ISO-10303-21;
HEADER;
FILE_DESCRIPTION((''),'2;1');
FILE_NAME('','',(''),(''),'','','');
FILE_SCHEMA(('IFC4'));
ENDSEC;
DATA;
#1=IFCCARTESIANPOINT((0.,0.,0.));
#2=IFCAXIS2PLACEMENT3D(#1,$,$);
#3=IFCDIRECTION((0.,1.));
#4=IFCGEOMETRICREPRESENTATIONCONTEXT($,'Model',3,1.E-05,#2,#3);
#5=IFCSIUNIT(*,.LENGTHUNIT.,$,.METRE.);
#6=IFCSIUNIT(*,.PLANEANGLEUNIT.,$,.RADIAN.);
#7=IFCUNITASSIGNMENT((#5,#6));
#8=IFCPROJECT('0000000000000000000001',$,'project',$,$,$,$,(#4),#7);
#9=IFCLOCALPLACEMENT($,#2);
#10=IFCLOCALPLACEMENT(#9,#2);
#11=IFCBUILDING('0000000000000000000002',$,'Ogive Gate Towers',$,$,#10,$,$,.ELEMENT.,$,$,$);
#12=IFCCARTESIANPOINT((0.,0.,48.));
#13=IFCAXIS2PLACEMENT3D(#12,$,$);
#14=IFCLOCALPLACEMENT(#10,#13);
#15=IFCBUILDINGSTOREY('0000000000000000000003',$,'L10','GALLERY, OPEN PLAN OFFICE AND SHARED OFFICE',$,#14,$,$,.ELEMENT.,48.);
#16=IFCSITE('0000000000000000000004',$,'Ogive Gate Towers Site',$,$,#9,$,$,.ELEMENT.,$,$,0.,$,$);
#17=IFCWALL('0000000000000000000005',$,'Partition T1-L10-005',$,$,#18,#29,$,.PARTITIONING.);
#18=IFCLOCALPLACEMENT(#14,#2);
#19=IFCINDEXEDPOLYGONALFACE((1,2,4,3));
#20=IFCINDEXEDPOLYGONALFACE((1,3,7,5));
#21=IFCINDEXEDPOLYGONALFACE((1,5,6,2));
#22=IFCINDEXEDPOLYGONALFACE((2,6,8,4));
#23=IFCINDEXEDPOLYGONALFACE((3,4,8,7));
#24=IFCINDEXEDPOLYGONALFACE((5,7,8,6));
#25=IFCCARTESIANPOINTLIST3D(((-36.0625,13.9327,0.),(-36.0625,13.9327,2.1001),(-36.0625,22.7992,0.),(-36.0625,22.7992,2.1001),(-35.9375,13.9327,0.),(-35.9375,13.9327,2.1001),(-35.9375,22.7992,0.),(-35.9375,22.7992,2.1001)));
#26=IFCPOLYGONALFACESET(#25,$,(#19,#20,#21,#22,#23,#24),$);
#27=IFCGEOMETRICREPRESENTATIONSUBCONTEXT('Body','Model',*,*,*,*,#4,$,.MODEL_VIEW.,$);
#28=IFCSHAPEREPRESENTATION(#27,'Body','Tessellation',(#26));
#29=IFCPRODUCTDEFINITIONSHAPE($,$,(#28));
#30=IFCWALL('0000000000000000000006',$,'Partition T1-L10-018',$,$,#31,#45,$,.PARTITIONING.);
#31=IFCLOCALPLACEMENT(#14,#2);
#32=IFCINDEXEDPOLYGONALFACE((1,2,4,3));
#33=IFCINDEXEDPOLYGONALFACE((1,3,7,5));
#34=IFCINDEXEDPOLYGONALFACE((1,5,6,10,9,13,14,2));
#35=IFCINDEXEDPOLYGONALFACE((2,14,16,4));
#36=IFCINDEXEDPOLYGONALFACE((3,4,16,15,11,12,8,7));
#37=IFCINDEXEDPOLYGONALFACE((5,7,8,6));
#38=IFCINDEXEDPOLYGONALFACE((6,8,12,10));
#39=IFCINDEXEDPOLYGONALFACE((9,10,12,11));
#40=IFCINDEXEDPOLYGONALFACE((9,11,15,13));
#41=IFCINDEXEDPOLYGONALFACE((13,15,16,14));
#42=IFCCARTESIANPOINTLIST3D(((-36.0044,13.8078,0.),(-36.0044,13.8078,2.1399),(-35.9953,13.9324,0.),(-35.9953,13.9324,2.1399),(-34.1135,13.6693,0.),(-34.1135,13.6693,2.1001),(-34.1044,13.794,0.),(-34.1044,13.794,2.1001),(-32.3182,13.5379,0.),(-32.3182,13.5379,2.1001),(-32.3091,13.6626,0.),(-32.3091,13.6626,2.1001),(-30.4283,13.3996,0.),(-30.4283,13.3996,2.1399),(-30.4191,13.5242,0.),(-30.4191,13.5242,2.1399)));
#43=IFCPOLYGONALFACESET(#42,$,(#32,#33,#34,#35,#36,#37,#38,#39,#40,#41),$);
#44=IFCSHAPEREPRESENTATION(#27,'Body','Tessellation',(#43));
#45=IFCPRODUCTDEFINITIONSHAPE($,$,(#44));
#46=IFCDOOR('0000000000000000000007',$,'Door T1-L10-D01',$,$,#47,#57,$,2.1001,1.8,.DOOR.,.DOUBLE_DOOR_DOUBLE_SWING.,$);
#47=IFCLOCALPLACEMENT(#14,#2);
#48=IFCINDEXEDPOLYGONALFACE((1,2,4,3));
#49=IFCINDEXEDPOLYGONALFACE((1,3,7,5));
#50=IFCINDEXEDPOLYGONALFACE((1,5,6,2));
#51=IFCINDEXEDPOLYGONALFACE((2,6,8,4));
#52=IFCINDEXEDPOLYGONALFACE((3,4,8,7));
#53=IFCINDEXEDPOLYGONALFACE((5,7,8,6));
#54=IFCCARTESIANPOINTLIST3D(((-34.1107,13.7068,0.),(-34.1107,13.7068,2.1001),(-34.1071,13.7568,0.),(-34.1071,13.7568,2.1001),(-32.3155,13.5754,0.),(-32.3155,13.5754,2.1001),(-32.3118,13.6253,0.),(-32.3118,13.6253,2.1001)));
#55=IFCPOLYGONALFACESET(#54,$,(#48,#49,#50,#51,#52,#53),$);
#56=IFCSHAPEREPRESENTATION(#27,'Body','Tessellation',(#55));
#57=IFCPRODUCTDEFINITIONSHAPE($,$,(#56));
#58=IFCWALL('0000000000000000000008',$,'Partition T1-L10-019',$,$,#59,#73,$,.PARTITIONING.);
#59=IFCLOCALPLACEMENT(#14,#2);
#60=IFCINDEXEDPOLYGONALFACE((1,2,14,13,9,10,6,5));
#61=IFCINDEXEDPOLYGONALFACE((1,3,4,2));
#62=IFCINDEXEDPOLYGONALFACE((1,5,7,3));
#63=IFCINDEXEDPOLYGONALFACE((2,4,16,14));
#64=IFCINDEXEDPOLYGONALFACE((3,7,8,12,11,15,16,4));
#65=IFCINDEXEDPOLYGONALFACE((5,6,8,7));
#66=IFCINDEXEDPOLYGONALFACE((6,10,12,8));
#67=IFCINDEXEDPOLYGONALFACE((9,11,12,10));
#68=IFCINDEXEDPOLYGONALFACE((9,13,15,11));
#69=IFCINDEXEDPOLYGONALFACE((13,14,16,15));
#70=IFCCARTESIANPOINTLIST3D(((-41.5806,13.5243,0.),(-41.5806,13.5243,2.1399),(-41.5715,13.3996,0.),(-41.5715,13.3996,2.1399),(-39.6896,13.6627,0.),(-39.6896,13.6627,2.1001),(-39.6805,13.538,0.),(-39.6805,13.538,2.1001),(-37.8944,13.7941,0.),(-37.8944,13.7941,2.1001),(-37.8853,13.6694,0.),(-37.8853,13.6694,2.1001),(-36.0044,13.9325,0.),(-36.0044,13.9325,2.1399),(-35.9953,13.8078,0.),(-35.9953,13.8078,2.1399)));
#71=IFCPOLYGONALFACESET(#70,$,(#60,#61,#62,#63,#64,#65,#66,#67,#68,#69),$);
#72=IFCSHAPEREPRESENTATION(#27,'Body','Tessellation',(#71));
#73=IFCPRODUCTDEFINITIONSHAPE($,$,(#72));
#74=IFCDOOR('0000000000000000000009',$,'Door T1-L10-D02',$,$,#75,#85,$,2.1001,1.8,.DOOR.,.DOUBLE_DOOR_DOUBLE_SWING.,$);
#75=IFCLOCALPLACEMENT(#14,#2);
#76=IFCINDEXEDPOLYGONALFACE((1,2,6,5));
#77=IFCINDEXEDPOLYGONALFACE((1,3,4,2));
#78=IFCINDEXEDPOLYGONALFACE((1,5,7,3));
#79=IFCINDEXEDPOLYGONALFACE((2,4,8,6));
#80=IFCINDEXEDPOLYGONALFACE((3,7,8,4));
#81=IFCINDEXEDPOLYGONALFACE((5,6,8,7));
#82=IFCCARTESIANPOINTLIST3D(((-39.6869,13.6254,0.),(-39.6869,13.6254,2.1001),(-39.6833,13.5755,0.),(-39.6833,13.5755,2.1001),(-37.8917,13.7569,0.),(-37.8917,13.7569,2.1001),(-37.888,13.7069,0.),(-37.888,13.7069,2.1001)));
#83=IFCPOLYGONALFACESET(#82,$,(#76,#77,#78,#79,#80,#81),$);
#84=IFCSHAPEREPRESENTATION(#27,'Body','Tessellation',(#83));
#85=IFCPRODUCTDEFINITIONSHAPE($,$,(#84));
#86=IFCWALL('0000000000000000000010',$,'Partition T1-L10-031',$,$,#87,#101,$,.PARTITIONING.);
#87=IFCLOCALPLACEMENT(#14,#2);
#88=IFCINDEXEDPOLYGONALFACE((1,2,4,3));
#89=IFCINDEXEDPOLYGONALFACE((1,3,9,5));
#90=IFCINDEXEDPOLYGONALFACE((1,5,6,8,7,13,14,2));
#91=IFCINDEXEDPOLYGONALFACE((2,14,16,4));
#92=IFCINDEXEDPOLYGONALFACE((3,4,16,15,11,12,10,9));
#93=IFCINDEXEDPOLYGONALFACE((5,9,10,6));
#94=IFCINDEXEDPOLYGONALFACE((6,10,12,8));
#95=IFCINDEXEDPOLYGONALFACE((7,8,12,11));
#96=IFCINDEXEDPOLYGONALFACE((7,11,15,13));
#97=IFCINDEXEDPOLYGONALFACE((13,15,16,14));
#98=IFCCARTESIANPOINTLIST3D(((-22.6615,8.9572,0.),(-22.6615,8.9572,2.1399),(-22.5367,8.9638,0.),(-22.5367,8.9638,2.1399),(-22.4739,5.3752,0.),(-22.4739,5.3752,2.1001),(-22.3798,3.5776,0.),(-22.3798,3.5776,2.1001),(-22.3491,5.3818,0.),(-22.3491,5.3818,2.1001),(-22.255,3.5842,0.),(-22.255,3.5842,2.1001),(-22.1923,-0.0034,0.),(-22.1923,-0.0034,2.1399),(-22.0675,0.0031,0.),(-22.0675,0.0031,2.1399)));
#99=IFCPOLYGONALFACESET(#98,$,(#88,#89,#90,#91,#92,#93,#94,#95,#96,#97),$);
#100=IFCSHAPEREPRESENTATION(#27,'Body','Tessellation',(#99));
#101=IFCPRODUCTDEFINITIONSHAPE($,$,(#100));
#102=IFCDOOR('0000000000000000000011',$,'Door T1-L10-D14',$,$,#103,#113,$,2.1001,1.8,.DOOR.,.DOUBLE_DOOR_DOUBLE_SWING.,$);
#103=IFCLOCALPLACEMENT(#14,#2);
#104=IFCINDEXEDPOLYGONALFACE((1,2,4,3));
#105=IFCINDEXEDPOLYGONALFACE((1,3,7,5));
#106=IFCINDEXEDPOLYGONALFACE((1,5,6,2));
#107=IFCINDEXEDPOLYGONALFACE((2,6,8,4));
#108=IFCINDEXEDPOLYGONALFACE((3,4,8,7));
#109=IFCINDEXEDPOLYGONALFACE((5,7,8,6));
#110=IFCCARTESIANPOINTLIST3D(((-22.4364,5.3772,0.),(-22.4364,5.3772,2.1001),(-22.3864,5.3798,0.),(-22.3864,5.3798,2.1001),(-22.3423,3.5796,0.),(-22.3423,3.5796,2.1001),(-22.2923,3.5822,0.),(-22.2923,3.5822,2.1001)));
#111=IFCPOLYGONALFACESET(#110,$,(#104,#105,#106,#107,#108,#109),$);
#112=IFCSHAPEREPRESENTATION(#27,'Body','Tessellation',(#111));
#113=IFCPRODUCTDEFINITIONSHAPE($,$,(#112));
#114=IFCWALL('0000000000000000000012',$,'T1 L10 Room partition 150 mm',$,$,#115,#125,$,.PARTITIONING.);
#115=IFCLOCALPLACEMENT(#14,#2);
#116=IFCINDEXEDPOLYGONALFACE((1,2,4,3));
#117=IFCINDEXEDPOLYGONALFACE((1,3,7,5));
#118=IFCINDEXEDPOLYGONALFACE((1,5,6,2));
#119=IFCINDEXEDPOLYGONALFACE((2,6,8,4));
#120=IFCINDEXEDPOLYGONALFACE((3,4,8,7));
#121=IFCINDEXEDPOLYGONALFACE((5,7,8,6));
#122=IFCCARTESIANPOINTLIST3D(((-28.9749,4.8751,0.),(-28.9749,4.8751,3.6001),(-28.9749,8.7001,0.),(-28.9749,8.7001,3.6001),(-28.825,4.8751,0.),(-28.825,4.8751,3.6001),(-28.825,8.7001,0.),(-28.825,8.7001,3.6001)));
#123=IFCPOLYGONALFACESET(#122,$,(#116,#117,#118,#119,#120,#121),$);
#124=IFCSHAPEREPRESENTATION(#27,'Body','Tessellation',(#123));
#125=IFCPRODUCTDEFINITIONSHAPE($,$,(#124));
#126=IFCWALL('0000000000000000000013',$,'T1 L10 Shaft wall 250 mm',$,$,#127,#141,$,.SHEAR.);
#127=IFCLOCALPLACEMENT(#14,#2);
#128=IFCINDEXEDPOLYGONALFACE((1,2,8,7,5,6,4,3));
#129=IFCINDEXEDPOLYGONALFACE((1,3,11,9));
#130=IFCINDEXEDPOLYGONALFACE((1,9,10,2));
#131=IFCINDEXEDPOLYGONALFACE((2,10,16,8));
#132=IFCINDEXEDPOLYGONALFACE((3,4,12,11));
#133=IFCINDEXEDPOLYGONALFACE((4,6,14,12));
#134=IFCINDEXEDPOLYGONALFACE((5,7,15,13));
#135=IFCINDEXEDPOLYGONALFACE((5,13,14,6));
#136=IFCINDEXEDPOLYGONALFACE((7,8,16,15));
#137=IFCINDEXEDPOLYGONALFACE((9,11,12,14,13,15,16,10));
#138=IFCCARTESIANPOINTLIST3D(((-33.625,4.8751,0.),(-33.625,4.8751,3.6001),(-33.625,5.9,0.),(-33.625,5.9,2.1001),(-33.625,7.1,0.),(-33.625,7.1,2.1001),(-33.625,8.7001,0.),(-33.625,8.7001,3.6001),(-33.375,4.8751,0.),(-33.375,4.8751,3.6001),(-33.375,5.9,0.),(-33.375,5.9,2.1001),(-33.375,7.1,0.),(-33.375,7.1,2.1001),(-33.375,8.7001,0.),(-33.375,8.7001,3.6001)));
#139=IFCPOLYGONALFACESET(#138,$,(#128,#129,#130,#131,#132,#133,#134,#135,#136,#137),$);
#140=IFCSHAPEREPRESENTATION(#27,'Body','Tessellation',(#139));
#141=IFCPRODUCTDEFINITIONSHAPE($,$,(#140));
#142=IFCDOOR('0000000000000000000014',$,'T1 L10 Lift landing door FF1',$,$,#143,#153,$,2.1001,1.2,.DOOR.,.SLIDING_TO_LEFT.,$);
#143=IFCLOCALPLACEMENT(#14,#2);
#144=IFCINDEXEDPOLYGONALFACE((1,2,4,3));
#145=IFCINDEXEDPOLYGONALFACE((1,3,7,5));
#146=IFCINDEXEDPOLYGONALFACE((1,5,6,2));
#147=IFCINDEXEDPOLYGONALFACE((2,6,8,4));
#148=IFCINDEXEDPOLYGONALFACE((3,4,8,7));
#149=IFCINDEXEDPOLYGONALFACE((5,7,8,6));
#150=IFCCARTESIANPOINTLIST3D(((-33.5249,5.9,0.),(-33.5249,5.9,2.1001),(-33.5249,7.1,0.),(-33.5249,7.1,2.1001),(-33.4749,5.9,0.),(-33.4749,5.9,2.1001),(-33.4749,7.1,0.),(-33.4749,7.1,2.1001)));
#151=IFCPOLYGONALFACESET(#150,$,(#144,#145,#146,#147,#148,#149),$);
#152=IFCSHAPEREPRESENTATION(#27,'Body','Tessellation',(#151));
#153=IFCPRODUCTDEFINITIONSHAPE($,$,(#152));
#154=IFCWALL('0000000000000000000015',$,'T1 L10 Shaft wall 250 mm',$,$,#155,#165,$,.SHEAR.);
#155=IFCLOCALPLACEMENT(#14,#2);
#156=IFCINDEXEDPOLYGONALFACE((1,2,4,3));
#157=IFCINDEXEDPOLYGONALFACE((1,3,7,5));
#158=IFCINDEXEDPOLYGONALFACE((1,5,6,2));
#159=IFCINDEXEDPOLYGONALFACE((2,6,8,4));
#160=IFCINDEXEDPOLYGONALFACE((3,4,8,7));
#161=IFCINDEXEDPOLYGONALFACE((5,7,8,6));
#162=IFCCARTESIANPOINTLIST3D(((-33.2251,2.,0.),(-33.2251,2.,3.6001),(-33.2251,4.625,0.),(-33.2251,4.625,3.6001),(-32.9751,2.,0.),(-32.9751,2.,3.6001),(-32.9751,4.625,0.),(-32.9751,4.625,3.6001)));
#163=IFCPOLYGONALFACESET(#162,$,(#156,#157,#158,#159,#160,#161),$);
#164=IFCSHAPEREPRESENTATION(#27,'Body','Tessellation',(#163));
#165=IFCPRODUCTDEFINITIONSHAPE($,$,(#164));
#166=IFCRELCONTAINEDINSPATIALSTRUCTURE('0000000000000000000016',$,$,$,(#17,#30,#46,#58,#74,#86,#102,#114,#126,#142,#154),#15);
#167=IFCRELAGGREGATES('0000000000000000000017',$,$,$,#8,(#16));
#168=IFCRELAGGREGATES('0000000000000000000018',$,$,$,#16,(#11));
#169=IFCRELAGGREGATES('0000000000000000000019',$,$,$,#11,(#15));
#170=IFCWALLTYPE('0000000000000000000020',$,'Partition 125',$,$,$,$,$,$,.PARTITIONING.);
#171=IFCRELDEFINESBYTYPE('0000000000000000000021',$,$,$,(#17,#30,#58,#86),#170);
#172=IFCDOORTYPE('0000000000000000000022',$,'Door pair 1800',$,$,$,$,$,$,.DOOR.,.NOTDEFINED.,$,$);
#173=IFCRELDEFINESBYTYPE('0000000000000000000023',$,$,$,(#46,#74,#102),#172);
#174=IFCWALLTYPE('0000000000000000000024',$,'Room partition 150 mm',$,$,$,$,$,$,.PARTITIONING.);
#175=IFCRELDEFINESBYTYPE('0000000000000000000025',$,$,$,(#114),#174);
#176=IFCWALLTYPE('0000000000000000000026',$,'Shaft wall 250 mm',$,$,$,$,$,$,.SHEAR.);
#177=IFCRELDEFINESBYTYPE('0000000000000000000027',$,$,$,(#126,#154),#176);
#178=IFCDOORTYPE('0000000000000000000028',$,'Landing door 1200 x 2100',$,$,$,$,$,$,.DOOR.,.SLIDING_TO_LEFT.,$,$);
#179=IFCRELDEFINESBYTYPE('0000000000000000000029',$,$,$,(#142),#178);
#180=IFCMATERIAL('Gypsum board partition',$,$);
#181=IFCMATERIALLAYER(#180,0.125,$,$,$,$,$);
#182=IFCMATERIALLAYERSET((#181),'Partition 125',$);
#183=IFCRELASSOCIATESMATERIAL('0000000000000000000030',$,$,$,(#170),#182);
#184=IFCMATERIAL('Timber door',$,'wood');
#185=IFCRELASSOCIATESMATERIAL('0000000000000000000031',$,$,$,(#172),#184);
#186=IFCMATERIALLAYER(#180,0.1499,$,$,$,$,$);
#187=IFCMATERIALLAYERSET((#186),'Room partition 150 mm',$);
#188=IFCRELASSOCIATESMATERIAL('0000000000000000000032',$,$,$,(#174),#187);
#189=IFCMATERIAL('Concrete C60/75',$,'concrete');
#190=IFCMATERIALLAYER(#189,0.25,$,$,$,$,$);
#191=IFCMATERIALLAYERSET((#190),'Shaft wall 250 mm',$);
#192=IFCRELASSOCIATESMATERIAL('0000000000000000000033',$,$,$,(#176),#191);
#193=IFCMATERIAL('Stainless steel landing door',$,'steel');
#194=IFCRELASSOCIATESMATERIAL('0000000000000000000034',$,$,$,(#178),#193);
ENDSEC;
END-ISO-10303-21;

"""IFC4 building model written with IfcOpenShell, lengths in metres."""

from ifc_helpers import new_model, si_unit, direction, frame, frame_2d, origin, place, context, subcontext, project, spatial, rectangle, extrude, material, layer, layer_set, type_object, element, fill, save


model = new_model("IFC4")

# Units and contexts
model_context = context("Model", 3, precision=1e-05, world=origin(), true_north=direction((0.0, 1.0)))
body_context = subcontext(model_context, "Body", "Model", "MODEL_VIEW")
ifc_project = project(units=[si_unit("LENGTHUNIT", "METRE"), si_unit("PLANEANGLEUNIT", "RADIAN")], contexts=[model_context])

# Site, building, storey
site_placement = place(None, origin())
site = spatial("IfcSite", under=ifc_project, at=site_placement, Name="Ogive Gate Towers Site", CompositionType="ELEMENT", RefElevation=0.0)
building_placement = place(site_placement, origin())
building = spatial("IfcBuilding", under=site, at=building_placement, Name="Ogive Gate Towers", CompositionType="ELEMENT")
storey_placement = place(building_placement, frame((0.0, 0.0, 48.0)))
storey = spatial("IfcBuildingStorey", under=building, at=storey_placement, Name="L10", Description="GALLERY, OPEN PLAN OFFICE AND SHARED OFFICE", CompositionType="ELEMENT", Elevation=48.0)

# Shared definitions
ifc_material_1 = material(Name="Timber door", Category="wood")

# Wall
ifc_material_2 = material(Name="Gypsum board partition")
ifc_layer_1 = layer(ifc_material_2, 0.125)
ifc_layer_set_1 = layer_set([ifc_layer_1], Name="Partition 125")
wall_type_1 = type_object("IfcWallType", Name="Partition 125", PredefinedType="PARTITIONING", material=ifc_layer_set_1)
for number, where, z_axis, x_axis, name in (
    (1, (-36.0, 22.7991, 0.0), (0.0, 0.0, 1.0), (0.0, -1.0, 0.0), "Partition T1-L10-005"),
):
    element("IfcWall", number, at=place(storey_placement, frame(where, z_axis=z_axis, x_axis=x_axis)), inside=storey, type_object=wall_type_1, Name=name, PredefinedType="PARTITIONING", context=body_context, shape_type="SweptSolid", body=[
        extrude(rectangle(XDim=8.8665, YDim=0.125, at=frame_2d((4.4331, 0.0))), origin(), (0.0, 0.0, 1.0), 2.1001),
    ])

# Walls, openings, doors
wall_1_placement = place(storey_placement, frame((-30.4238, 13.4619, 0.0), z_axis=(0.0, 0.0, 1.0), x_axis=(-0.997331, 0.07301, 0.0)))
wall_1 = element("IfcWall", 2, at=wall_1_placement, inside=storey, type_object=wall_type_1, Name="Partition T1-L10-018", PredefinedType="PARTITIONING", context=body_context, shape_type="SweptSolid", body=[
    extrude(rectangle(XDim=5.5911, YDim=0.125, at=frame_2d((2.7954, 0.0))), origin(), (0.0, 0.0, 1.0), 2.1399),
])
opening_1_placement = place(wall_1_placement, frame((1.895, 0.0, 0.0)))
opening_1 = element("IfcOpeningElement", 3, at=opening_1_placement, cuts=wall_1, PredefinedType="OPENING", context=body_context, shape_type="SweptSolid", body=[
    extrude(rectangle(XDim=1.8, YDim=2.1001, at=frame_2d((0.8999, 1.05))), frame((0.0, 0.0725, 0.0), z_axis=(0.0, -1.0, 0.0), x_axis=(1.0, 0.0, 0.0)), (0.0, 0.0, 1.0), 0.145),
])
door_type_1 = type_object("IfcDoorType", Name="Door pair 1800", OperationType="NOTDEFINED", PredefinedType="DOOR", material=ifc_material_1)
door_1_placement = place(opening_1_placement, origin())
door_1 = element("IfcDoor", 4, at=door_1_placement, inside=storey, type_object=door_type_1, Name="Door T1-L10-D01", OperationType="DOUBLE_DOOR_DOUBLE_SWING", OverallHeight=2.1001, OverallWidth=1.8, PredefinedType="DOOR", context=body_context, shape_type="SweptSolid", body=[
    extrude(rectangle(XDim=1.8, YDim=2.1001, at=frame_2d((0.8999, 1.05))), frame((0.0, 0.0249, 0.0), z_axis=(0.0, -1.0, 0.0), x_axis=(1.0, 0.0, 0.0)), (0.0, 0.0, 1.0), 0.05),
])
fill(opening_1, door_1)
wall_2_placement = place(storey_placement, frame((-36.0, 13.8701, 0.0), z_axis=(0.0, 0.0, 1.0), x_axis=(-0.997331, -0.07301, 0.0)))
wall_2 = element("IfcWall", 5, at=wall_2_placement, inside=storey, type_object=wall_type_1, Name="Partition T1-L10-019", PredefinedType="PARTITIONING", context=body_context, shape_type="SweptSolid", body=[
    extrude(rectangle(XDim=5.5911, YDim=0.125, at=frame_2d((2.7954, 0.0))), origin(), (0.0, 0.0, 1.0), 2.1399),
])
opening_2_placement = place(wall_2_placement, frame((1.895, 0.0, 0.0)))
opening_2 = element("IfcOpeningElement", 6, at=opening_2_placement, cuts=wall_2, PredefinedType="OPENING", context=body_context, shape_type="SweptSolid", body=[
    extrude(rectangle(XDim=1.8, YDim=2.1001, at=frame_2d((0.8999, 1.05))), frame((0.0, 0.0725, 0.0), z_axis=(0.0, -1.0, 0.0), x_axis=(1.0, 0.0, 0.0)), (0.0, 0.0, 1.0), 0.145),
])
door_2_placement = place(opening_2_placement, origin())
door_2 = element("IfcDoor", 7, at=door_2_placement, inside=storey, type_object=door_type_1, Name="Door T1-L10-D02", OperationType="DOUBLE_DOOR_DOUBLE_SWING", OverallHeight=2.1001, OverallWidth=1.8, PredefinedType="DOOR", context=body_context, shape_type="SweptSolid", body=[
    extrude(rectangle(XDim=1.8, YDim=2.1001, at=frame_2d((0.8999, 1.05))), frame((0.0, 0.0249, 0.0), z_axis=(0.0, -1.0, 0.0), x_axis=(1.0, 0.0, 0.0)), (0.0, 0.0, 1.0), 0.05),
])
fill(opening_2, door_2)
wall_3_placement = place(storey_placement, frame((-22.1299, 0.0, 0.0), z_axis=(0.0, 0.0, 1.0), x_axis=(-0.052295, 0.998632, 0.0)))
wall_3 = element("IfcWall", 8, at=wall_3_placement, inside=storey, type_object=wall_type_1, Name="Partition T1-L10-031", PredefinedType="PARTITIONING", context=body_context, shape_type="SweptSolid", body=[
    extrude(rectangle(XDim=8.9729, YDim=0.125, at=frame_2d((4.4863, 0.0))), origin(), (0.0, 0.0, 1.0), 2.1399),
])
opening_3_placement = place(wall_3_placement, frame((3.5859, 0.0, 0.0)))
opening_3 = element("IfcOpeningElement", 9, at=opening_3_placement, cuts=wall_3, PredefinedType="OPENING", context=body_context, shape_type="SweptSolid", body=[
    extrude(rectangle(XDim=1.8, YDim=2.1001, at=frame_2d((0.8999, 1.05))), frame((0.0, 0.0725, 0.0), z_axis=(0.0, -1.0, 0.0), x_axis=(1.0, 0.0, 0.0)), (0.0, 0.0, 1.0), 0.145),
])
door_3_placement = place(opening_3_placement, origin())
door_3 = element("IfcDoor", 10, at=door_3_placement, inside=storey, type_object=door_type_1, Name="Door T1-L10-D14", OperationType="DOUBLE_DOOR_DOUBLE_SWING", OverallHeight=2.1001, OverallWidth=1.8, PredefinedType="DOOR", context=body_context, shape_type="SweptSolid", body=[
    extrude(rectangle(XDim=1.8, YDim=2.1001, at=frame_2d((0.8999, 1.05))), frame((0.0, 0.0249, 0.0), z_axis=(0.0, -1.0, 0.0), x_axis=(1.0, 0.0, 0.0)), (0.0, 0.0, 1.0), 0.05),
])
fill(opening_3, door_3)

# Wall
ifc_layer_2 = layer(ifc_material_2, 0.1499)
ifc_layer_set_2 = layer_set([ifc_layer_2], Name="Room partition 150 mm")
wall_type_2 = type_object("IfcWallType", Name="Room partition 150 mm", PredefinedType="PARTITIONING", material=ifc_layer_set_2)
wall_4_placement = place(storey_placement, frame((-28.8999, 4.875, 0.0), z_axis=(0.0, 0.0, 1.0), x_axis=(0.0, 1.0, 0.0)))
element("IfcWall", 11, at=wall_4_placement, inside=storey, type_object=wall_type_2, Name="T1 L10 Room partition 150 mm", PredefinedType="PARTITIONING", context=body_context, shape_type="SweptSolid", body=[
    extrude(rectangle(XDim=3.825, YDim=0.1499, at=frame_2d((1.9126, 0.0))), origin(), (0.0, 0.0, 1.0), 3.6001),
])

# Wall, opening, door
ifc_material_3 = material(Name="Concrete C60/75", Category="concrete")
ifc_layer_3 = layer(ifc_material_3, 0.25)
ifc_layer_set_3 = layer_set([ifc_layer_3], Name="Shaft wall 250 mm")
wall_type_3 = type_object("IfcWallType", Name="Shaft wall 250 mm", PredefinedType="SHEAR", material=ifc_layer_set_3)
wall_5_placement = place(storey_placement, frame((-33.5, 4.875, 0.0), z_axis=(0.0, 0.0, 1.0), x_axis=(0.0, 1.0, 0.0)))
wall_5 = element("IfcWall", 12, at=wall_5_placement, inside=storey, type_object=wall_type_3, Name="T1 L10 Shaft wall 250 mm", PredefinedType="SHEAR", context=body_context, shape_type="SweptSolid", body=[
    extrude(rectangle(XDim=3.825, YDim=0.25, at=frame_2d((1.9126, 0.0))), origin(), (0.0, 0.0, 1.0), 3.6001),
])
opening_4_placement = place(wall_5_placement, frame((1.0249, 0.0, 0.0)))
opening_4 = element("IfcOpeningElement", 13, at=opening_4_placement, cuts=wall_5, PredefinedType="OPENING", context=body_context, shape_type="SweptSolid", body=[
    extrude(rectangle(XDim=1.2, YDim=2.1001, at=frame_2d((0.6001, 1.05))), frame((0.0, 0.135, 0.0), z_axis=(0.0, -1.0, 0.0), x_axis=(1.0, 0.0, 0.0)), (0.0, 0.0, 1.0), 0.27),
])
ifc_material_4 = material(Name="Stainless steel landing door", Category="steel")
door_type_2 = type_object("IfcDoorType", Name="Landing door 1200 x 2100", OperationType="SLIDING_TO_LEFT", PredefinedType="DOOR", material=ifc_material_4)
door_4_placement = place(opening_4_placement, origin())
door_4 = element("IfcDoor", 14, at=door_4_placement, inside=storey, type_object=door_type_2, Name="T1 L10 Lift landing door FF1", OperationType="SLIDING_TO_LEFT", OverallHeight=2.1001, OverallWidth=1.2, PredefinedType="DOOR", context=body_context, shape_type="SweptSolid", body=[
    extrude(rectangle(XDim=1.2, YDim=2.1001, at=frame_2d((0.6001, 1.05))), frame((0.0, 0.0249, 0.0), z_axis=(0.0, -1.0, 0.0), x_axis=(1.0, 0.0, 0.0)), (0.0, 0.0, 1.0), 0.05),
])
fill(opening_4, door_4)

# Wall
wall_6_placement = place(storey_placement, frame((-33.1001, 2.0, 0.0), z_axis=(0.0, 0.0, 1.0), x_axis=(0.0, 1.0, 0.0)))
element("IfcWall", 15, at=wall_6_placement, inside=storey, type_object=wall_type_3, Name="T1 L10 Shaft wall 250 mm", PredefinedType="SHEAR", context=body_context, shape_type="SweptSolid", body=[
    extrude(rectangle(XDim=2.625, YDim=0.25, at=frame_2d((1.3125, 0.0))), origin(), (0.0, 0.0, 1.0), 3.6001),
])

save(model, "model.ifc")
